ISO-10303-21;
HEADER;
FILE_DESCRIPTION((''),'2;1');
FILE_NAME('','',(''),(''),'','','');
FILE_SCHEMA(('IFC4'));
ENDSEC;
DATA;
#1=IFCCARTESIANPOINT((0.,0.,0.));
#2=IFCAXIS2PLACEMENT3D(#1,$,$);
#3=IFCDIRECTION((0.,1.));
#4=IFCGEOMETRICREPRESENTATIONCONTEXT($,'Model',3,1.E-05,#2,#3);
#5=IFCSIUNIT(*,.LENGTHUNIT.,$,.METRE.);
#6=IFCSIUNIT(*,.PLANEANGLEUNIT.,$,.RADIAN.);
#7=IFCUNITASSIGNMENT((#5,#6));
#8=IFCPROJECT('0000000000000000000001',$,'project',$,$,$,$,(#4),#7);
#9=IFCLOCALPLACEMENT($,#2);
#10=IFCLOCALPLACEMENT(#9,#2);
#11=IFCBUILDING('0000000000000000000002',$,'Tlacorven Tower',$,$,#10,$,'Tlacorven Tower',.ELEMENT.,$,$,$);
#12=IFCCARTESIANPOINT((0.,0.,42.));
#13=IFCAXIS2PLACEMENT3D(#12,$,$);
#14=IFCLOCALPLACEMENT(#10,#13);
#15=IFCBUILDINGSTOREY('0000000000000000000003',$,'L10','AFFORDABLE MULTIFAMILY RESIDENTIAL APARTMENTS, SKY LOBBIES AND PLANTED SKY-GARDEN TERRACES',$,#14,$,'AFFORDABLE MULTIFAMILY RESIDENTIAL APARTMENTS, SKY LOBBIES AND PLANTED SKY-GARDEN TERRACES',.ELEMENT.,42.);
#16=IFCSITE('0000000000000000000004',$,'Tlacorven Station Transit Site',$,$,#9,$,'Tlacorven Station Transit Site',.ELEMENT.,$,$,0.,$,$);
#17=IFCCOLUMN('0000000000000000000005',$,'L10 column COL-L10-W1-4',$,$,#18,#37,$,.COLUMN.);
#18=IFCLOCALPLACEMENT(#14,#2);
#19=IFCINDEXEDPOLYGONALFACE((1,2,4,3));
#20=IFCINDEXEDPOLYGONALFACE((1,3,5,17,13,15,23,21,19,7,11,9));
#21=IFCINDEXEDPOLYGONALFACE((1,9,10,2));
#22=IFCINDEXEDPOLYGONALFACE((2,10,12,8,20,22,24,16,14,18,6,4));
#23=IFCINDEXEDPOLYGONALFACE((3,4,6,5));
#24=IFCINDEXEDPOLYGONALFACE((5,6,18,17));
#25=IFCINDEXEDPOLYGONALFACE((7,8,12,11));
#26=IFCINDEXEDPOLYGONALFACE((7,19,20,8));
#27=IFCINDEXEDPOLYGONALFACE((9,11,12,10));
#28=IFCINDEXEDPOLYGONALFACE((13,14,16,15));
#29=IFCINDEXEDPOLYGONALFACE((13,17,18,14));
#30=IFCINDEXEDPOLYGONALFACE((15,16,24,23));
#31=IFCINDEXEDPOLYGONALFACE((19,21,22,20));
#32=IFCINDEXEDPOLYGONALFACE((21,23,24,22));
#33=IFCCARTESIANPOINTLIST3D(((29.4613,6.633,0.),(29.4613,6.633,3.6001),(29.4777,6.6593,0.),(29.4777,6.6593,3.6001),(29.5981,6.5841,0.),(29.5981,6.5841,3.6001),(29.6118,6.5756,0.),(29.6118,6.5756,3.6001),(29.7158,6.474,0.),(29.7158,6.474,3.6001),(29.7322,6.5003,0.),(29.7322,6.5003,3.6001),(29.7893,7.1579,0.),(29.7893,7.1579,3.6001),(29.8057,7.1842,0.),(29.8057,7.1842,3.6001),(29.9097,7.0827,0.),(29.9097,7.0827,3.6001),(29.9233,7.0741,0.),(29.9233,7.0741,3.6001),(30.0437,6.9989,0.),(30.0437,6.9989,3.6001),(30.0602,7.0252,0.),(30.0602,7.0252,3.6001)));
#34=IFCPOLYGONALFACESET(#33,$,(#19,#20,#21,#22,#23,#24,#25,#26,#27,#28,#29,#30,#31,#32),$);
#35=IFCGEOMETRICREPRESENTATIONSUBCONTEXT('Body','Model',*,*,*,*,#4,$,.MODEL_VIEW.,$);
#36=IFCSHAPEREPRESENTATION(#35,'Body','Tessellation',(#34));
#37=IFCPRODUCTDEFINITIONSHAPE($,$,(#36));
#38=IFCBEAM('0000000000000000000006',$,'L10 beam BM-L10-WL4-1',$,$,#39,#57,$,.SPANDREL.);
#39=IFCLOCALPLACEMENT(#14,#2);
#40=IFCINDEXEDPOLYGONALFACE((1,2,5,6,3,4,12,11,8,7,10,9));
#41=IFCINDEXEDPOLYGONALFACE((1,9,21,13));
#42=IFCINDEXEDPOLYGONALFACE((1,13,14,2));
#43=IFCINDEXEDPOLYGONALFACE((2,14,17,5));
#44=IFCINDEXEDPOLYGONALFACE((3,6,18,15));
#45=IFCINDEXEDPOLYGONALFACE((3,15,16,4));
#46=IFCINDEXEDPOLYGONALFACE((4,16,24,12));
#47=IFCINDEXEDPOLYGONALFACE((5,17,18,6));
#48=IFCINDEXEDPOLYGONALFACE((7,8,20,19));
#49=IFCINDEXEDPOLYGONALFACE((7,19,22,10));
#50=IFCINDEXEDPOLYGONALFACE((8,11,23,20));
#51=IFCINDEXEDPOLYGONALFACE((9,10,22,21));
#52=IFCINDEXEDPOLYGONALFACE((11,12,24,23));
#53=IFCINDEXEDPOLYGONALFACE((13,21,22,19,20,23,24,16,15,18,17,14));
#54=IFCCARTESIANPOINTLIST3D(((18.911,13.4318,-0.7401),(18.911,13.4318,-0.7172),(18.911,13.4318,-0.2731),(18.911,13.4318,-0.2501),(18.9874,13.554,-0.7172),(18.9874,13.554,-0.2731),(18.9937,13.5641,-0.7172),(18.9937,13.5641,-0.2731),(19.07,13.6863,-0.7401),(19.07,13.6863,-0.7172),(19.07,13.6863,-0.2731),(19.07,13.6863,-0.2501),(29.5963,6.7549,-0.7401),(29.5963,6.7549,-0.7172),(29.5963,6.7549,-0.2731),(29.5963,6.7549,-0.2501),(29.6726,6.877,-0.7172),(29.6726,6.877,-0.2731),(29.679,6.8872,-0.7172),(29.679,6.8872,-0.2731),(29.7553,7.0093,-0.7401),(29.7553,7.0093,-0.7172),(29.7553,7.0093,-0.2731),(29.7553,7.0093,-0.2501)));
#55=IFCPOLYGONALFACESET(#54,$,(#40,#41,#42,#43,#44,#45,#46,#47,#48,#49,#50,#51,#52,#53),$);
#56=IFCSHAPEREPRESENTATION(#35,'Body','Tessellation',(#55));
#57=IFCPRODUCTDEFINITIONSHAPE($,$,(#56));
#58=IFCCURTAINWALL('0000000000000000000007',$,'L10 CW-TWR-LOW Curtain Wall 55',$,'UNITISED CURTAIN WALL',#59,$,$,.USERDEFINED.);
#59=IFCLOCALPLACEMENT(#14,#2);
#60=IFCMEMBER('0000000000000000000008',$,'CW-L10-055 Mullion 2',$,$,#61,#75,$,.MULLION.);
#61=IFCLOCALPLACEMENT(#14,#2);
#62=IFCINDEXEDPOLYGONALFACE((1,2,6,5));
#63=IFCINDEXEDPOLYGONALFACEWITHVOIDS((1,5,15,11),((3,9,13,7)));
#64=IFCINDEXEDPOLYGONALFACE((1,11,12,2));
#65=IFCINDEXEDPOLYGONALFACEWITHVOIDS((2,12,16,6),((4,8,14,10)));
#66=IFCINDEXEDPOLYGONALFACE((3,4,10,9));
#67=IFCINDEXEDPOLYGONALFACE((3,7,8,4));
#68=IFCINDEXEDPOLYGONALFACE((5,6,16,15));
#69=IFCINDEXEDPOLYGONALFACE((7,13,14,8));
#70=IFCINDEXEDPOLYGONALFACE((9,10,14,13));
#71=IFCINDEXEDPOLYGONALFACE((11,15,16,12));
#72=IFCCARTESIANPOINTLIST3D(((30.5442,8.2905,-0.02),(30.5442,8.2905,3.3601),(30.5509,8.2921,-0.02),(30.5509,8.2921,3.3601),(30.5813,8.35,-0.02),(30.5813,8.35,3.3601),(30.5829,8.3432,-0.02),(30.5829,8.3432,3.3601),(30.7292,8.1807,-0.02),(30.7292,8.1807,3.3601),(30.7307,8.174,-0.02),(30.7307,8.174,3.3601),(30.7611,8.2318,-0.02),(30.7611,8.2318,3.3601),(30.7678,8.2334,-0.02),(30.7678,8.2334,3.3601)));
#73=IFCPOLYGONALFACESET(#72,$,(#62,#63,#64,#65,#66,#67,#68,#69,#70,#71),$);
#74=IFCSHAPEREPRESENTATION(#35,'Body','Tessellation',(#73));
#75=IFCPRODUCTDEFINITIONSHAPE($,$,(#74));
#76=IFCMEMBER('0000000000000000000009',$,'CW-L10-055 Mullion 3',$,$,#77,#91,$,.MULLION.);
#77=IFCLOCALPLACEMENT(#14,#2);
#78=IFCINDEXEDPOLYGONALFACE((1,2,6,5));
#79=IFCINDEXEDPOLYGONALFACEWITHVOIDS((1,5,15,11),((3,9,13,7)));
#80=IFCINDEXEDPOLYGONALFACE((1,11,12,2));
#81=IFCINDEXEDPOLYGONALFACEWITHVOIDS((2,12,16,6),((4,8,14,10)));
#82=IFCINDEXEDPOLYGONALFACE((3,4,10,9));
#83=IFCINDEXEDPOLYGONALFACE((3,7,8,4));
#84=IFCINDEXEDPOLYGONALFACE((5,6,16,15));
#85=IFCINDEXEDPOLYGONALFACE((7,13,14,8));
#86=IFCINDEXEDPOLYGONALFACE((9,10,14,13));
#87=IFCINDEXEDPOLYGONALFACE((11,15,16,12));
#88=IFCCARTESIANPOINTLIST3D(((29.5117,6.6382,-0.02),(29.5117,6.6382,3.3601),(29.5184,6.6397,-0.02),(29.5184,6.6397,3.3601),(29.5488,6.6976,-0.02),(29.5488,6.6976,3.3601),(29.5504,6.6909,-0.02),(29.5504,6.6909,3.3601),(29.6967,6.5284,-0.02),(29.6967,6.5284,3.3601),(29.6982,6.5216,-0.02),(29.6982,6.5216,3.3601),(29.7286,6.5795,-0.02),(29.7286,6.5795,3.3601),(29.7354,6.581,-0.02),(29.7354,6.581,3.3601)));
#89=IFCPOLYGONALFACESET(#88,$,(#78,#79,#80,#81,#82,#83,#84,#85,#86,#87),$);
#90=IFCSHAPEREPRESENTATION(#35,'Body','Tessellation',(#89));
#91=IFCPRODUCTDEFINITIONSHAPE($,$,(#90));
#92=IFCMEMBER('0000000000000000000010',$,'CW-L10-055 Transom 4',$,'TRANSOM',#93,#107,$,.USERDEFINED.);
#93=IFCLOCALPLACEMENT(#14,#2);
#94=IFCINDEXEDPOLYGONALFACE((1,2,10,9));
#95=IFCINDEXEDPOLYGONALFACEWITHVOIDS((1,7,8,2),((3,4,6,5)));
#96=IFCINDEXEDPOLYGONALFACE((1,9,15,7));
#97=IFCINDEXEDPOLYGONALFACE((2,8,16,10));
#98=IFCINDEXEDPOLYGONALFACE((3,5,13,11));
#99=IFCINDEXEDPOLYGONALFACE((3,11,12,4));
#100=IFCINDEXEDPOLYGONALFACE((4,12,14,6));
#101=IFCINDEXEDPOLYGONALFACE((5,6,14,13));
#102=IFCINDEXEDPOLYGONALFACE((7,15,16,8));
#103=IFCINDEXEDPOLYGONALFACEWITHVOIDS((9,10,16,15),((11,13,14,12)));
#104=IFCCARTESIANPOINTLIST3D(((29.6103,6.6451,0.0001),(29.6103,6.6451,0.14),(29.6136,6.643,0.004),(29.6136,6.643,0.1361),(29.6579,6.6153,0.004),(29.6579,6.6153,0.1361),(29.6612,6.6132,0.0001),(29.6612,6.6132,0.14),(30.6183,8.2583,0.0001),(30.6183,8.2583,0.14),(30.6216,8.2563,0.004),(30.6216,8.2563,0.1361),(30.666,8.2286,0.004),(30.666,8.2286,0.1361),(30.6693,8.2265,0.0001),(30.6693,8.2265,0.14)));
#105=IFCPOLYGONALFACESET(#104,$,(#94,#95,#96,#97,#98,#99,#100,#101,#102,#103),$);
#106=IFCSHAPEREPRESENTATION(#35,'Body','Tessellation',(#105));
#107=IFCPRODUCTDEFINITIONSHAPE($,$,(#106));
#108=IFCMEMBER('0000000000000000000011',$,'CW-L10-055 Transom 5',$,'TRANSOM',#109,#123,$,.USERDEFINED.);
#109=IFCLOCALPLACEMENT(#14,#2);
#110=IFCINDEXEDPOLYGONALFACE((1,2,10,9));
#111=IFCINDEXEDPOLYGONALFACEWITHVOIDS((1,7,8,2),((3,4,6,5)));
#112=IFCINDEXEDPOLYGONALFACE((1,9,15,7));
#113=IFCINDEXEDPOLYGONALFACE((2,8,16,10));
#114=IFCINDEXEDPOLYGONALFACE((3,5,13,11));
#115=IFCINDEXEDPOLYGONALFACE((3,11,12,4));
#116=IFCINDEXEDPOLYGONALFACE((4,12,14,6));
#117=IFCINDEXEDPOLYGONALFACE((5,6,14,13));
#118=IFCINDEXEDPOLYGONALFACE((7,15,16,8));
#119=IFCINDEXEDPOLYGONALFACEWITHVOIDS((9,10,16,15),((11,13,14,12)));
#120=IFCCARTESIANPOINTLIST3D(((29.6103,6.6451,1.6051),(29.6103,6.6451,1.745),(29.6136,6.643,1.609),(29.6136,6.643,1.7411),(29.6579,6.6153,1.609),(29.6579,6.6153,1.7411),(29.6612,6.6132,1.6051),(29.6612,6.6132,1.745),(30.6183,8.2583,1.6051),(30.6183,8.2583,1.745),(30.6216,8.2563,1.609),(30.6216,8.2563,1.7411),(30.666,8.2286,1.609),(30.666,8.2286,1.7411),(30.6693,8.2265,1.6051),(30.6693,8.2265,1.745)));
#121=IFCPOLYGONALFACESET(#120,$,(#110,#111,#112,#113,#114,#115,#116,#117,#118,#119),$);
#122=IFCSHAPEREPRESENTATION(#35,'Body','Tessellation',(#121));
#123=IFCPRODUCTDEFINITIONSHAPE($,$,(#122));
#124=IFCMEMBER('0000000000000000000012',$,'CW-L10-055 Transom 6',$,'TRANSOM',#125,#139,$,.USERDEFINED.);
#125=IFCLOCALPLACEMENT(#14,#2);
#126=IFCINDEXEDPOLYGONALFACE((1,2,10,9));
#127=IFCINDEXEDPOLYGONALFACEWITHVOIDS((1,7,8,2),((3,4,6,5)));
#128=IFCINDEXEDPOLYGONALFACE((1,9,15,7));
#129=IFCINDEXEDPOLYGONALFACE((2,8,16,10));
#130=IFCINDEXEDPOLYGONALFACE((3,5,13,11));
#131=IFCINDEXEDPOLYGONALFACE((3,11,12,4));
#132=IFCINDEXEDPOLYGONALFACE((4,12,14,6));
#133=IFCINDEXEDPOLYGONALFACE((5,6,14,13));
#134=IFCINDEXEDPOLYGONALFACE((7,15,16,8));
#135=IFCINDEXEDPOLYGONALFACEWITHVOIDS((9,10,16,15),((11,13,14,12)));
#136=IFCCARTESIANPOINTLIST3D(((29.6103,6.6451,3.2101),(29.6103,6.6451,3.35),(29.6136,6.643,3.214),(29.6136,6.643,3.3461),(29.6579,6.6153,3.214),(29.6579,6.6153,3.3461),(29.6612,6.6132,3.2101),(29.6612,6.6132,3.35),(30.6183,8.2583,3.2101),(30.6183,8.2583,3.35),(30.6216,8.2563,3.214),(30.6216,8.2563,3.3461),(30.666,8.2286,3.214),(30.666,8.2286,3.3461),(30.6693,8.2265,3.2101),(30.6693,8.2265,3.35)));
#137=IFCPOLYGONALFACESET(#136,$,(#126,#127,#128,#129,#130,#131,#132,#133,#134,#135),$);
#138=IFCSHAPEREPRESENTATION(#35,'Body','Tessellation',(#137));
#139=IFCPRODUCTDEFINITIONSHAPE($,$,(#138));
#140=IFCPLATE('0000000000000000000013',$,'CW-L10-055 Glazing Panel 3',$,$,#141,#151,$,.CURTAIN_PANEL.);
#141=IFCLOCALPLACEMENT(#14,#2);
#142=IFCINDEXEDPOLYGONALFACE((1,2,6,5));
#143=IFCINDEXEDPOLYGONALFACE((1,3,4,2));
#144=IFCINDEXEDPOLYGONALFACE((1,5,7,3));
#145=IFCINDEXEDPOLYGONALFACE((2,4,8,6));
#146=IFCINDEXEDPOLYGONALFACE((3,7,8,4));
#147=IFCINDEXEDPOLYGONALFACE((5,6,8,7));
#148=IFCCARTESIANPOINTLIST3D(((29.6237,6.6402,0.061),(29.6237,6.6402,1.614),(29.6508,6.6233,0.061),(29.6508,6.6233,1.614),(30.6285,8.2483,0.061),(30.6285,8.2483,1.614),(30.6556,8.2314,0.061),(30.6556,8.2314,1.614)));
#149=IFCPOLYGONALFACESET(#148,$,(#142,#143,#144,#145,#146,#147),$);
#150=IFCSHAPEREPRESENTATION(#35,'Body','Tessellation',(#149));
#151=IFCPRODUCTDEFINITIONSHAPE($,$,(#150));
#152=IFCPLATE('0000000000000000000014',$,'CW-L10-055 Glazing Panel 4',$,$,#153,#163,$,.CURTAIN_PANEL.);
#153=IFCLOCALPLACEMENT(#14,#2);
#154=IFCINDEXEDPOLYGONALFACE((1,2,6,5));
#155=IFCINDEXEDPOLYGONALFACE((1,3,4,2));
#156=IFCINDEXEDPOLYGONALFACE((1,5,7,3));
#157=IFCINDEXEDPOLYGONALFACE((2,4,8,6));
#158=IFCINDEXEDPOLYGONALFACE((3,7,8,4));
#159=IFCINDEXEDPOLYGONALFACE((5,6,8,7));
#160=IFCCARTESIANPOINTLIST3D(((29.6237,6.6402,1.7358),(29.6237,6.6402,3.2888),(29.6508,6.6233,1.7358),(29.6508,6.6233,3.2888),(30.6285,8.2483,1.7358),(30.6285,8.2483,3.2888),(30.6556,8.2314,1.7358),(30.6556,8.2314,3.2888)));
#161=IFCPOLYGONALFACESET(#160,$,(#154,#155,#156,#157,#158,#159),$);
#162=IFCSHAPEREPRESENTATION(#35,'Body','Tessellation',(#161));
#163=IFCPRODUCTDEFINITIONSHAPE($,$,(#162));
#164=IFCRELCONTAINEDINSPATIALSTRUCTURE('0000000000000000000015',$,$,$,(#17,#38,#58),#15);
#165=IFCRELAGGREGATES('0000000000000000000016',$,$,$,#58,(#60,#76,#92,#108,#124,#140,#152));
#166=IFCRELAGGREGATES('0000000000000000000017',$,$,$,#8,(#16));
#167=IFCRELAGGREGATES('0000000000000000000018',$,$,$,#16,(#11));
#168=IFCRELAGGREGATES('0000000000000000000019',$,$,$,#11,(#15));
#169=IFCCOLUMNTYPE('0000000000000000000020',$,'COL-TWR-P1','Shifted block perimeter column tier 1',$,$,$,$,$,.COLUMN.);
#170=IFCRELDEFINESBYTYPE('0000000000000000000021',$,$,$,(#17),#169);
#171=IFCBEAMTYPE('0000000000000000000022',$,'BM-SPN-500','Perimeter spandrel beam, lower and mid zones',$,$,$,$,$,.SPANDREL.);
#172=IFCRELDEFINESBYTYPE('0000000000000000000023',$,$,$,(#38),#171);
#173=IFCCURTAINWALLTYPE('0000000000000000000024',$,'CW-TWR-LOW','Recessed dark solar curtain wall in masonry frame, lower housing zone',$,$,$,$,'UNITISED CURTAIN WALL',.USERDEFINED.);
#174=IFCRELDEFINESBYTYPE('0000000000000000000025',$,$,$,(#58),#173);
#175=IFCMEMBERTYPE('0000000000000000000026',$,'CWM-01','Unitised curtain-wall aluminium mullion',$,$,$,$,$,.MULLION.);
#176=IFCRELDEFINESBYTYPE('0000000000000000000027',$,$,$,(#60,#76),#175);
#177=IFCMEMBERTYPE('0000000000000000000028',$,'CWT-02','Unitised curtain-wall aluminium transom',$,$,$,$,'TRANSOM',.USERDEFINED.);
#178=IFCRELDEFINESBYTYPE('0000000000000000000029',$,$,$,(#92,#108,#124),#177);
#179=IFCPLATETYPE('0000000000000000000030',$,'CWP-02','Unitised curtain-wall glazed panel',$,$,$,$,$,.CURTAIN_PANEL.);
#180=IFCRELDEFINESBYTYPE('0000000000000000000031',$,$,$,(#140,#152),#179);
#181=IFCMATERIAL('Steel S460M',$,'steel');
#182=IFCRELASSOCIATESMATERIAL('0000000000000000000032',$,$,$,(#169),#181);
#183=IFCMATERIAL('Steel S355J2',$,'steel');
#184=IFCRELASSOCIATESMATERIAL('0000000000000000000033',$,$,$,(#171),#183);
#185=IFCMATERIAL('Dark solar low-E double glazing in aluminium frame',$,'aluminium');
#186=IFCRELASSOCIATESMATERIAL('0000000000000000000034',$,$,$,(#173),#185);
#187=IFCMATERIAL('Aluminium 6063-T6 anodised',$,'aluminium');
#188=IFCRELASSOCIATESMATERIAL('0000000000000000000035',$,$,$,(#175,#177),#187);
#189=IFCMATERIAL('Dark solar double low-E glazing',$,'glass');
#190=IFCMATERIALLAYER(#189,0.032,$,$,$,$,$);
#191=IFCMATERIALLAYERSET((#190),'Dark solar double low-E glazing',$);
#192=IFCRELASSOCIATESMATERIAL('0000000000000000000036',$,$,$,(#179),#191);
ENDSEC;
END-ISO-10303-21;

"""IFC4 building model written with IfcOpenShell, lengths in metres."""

from ifc_helpers import new_model, si_unit, direction, frame, origin, origin_2d, place, context, subcontext, project, spatial, rectangle, hollow_rectangle, i_section, extrude, source, transform, mapped, material, layer, layer_set, material_profile, profile_set, type_object, element, aggregate, save


model = new_model("IFC4")

# Units and contexts
model_context = context("Model", 3, precision=1e-05, world=origin(), true_north=direction((0.0, 1.0)))
body_context = subcontext(model_context, "Body", "Model", "MODEL_VIEW")
ifc_project = project(units=[si_unit("LENGTHUNIT", "METRE"), si_unit("PLANEANGLEUNIT", "RADIAN")], contexts=[model_context])

# Site, building, storey
site_placement = place(None, origin())
site = spatial("IfcSite", under=ifc_project, at=site_placement, Name="Tlacorven Station Transit Site", LongName="Tlacorven Station Transit Site", CompositionType="ELEMENT", RefElevation=0.0)
building_placement = place(site_placement, origin())
building = spatial("IfcBuilding", under=site, at=building_placement, Name="Tlacorven Tower", LongName="Tlacorven Tower", CompositionType="ELEMENT")
storey_placement = place(building_placement, frame((0.0, 0.0, 42.0)))
storey = spatial("IfcBuildingStorey", under=building, at=storey_placement, Name="L10", Description="AFFORDABLE MULTIFAMILY RESIDENTIAL APARTMENTS, SKY LOBBIES AND PLANTED SKY-GARDEN TERRACES", LongName="AFFORDABLE MULTIFAMILY RESIDENTIAL APARTMENTS, SKY LOBBIES AND PLANTED SKY-GARDEN TERRACES", CompositionType="ELEMENT", Elevation=42.0)

# Column
ifc_material_1 = material(Name="Steel S460M", Category="steel")
ifc_material_profile_1 = material_profile(ifc_material_1, i_section(OverallWidth=0.3, OverallDepth=0.6499, WebThickness=0.0161, FlangeThickness=0.031, at=origin_2d()), Name="HEB 650")
ifc_profile_set_1 = profile_set([ifc_material_profile_1], Name="Steel S460M")
column_type = type_object("IfcColumnType", Name="COL-TWR-P1", Description="Shifted block perimeter column tier 1", PredefinedType="COLUMN", material=ifc_profile_set_1)
shared_shape_1 = source(origin(), body_context, "Body", "SweptSolid", [
    extrude(i_section(OverallWidth=0.3, OverallDepth=0.6499, WebThickness=0.0161, FlangeThickness=0.031, at=origin_2d()), origin(), (0.0, 0.0, 1.0), 3.6001),
])
column_placement = place(storey_placement, frame((29.7607, 6.8291, 0.0), z_axis=(0.0, 0.0, 1.0), x_axis=(-0.848048, 0.529919, 0.0)))
element("IfcColumn", 1, at=column_placement, inside=storey, type_object=column_type, Name="L10 column COL-L10-W1-4", PredefinedType="COLUMN", context=body_context, shape_type="MappedRepresentation", body=[
    mapped(shared_shape_1, transform((0.0, 0.0, 0.0), scale=1.0)),
])

# Beam
ifc_material_2 = material(Name="Steel S355J2", Category="steel")
ifc_material_profile_2 = material_profile(ifc_material_2, i_section(OverallWidth=0.3, OverallDepth=0.49, WebThickness=0.012, FlangeThickness=0.0229, at=origin_2d()), Name="HEA 500")
ifc_profile_set_2 = profile_set([ifc_material_profile_2], Name="Steel S355J2")
beam_type = type_object("IfcBeamType", Name="BM-SPN-500", Description="Perimeter spandrel beam, lower and mid zones", PredefinedType="SPANDREL", material=ifc_profile_set_2)
shared_shape_2 = source(origin(), body_context, "Body", "SweptSolid", [
    extrude(i_section(OverallWidth=0.3, OverallDepth=0.49, WebThickness=0.012, FlangeThickness=0.0229, at=origin_2d()), origin(), (0.0, 0.0, 1.0), 12.5999),
])
beam_placement = place(storey_placement, frame((29.6758, 6.8821, -0.4951), z_axis=(-0.848045, 0.529924, 0.0), x_axis=(-0.529924, -0.848045, 0.0)))
element("IfcBeam", 2, at=beam_placement, inside=storey, type_object=beam_type, Name="L10 beam BM-L10-WL4-1", PredefinedType="SPANDREL", context=body_context, shape_type="MappedRepresentation", body=[
    mapped(shared_shape_2, transform((0.0, 0.0, 0.0), scale=1.0)),
])

# Curtain wall, members, plates
ifc_material_3 = material(Name="Dark solar low-E double glazing in aluminium frame", Category="aluminium")
curtain_wall_type = type_object("IfcCurtainWallType", Name="CW-TWR-LOW", Description="Recessed dark solar curtain wall in masonry frame, lower housing zone", ElementType="UNITISED CURTAIN WALL", PredefinedType="USERDEFINED", material=ifc_material_3)
curtain_wall_placement = place(storey_placement, origin())
curtain_wall = element("IfcCurtainWall", 3, at=curtain_wall_placement, inside=storey, type_object=curtain_wall_type, Name="L10 CW-TWR-LOW Curtain Wall 55", ObjectType="UNITISED CURTAIN WALL", PredefinedType="USERDEFINED")
ifc_material_4 = material(Name="Aluminium 6063-T6 anodised", Category="aluminium")
ifc_material_profile_3 = material_profile(ifc_material_4, hollow_rectangle(XDim=0.0701, YDim=0.22, WallThickness=0.0049, at=origin_2d()), Name="ALU MULLION 70X220")
ifc_profile_set_3 = profile_set([ifc_material_profile_3], Name="Aluminium 6063-T6 anodised")
member_type_1 = type_object("IfcMemberType", Name="CWM-01", Description="Unitised curtain-wall aluminium mullion", PredefinedType="MULLION", material=ifc_profile_set_3)
shared_shape_3 = source(origin(), body_context, "Body", "SweptSolid", [
    extrude(hollow_rectangle(XDim=0.0701, YDim=0.22, WallThickness=0.0049, at=origin_2d()), origin(), (0.0, 0.0, 1.0), 3.3801),
])
member_1_placement = place(storey_placement, frame((30.656, 8.262, -0.02), z_axis=(0.0, 0.0, 1.0), x_axis=(-0.529919, -0.848048, 0.0)))
member_1 = element("IfcMember", 4, at=member_1_placement, type_object=member_type_1, Name="CW-L10-055 Mullion 2", PredefinedType="MULLION", context=body_context, shape_type="MappedRepresentation", body=[
    mapped(shared_shape_3, transform((0.0, 0.0, 0.0), scale=1.0)),
])
member_2_placement = place(storey_placement, frame((29.6235, 6.6096, -0.02), z_axis=(0.0, 0.0, 1.0), x_axis=(-0.529919, -0.848048, 0.0)))
member_2 = element("IfcMember", 5, at=member_2_placement, type_object=member_type_1, Name="CW-L10-055 Mullion 3", PredefinedType="MULLION", context=body_context, shape_type="MappedRepresentation", body=[
    mapped(shared_shape_3, transform((0.0, 0.0, 0.0), scale=1.0)),
])
ifc_material_profile_4 = material_profile(ifc_material_4, hollow_rectangle(XDim=0.0601, YDim=0.1399, WallThickness=0.0039, at=origin_2d()), Name="ALU TRANSOM 60X140")
ifc_profile_set_4 = profile_set([ifc_material_profile_4], Name="Aluminium 6063-T6 anodised")
member_type_2 = type_object("IfcMemberType", Name="CWT-02", Description="Unitised curtain-wall aluminium transom", ElementType="TRANSOM", PredefinedType="USERDEFINED", material=ifc_profile_set_4)
shared_shape_4 = source(origin(), body_context, "Body", "SweptSolid", [
    extrude(hollow_rectangle(XDim=0.0601, YDim=0.1399, WallThickness=0.0039, at=origin_2d()), origin(), (0.0, 0.0, 1.0), 1.9023),
])
member_3_placement = place(storey_placement, frame((30.6438, 8.2424, 0.0701), z_axis=(-0.529907, -0.848056, 0.0), x_axis=(0.848056, -0.529907, 0.0)))
member_3 = element("IfcMember", 6, at=member_3_placement, type_object=member_type_2, Name="CW-L10-055 Transom 4", ObjectType="TRANSOM", PredefinedType="USERDEFINED", context=body_context, shape_type="MappedRepresentation", body=[
    mapped(shared_shape_4, transform((0.0, 0.0, 0.0), scale=1.0)),
])
member_4_placement = place(storey_placement, frame((30.6438, 8.2424, 1.675), z_axis=(-0.529907, -0.848056, 0.0), x_axis=(0.848056, -0.529907, 0.0)))
member_4 = element("IfcMember", 7, at=member_4_placement, type_object=member_type_2, Name="CW-L10-055 Transom 5", ObjectType="TRANSOM", PredefinedType="USERDEFINED", context=body_context, shape_type="MappedRepresentation", body=[
    mapped(shared_shape_4, transform((0.0, 0.0, 0.0), scale=1.0)),
])
member_5_placement = place(storey_placement, frame((30.6438, 8.2424, 3.28), z_axis=(-0.529907, -0.848056, 0.0), x_axis=(0.848056, -0.529907, 0.0)))
member_5 = element("IfcMember", 8, at=member_5_placement, type_object=member_type_2, Name="CW-L10-055 Transom 6", ObjectType="TRANSOM", PredefinedType="USERDEFINED", context=body_context, shape_type="MappedRepresentation", body=[
    mapped(shared_shape_4, transform((0.0, 0.0, 0.0), scale=1.0)),
])
ifc_material_5 = material(Name="Dark solar double low-E glazing", Category="glass")
ifc_layer_1 = layer(ifc_material_5, 0.032)
ifc_layer_set_1 = layer_set([ifc_layer_1], Name="Dark solar double low-E glazing")
plate_type = type_object("IfcPlateType", Name="CWP-02", Description="Unitised curtain-wall glazed panel", PredefinedType="CURTAIN_PANEL", material=ifc_layer_set_1)
shared_shape_5 = source(origin(), body_context, "Body", "SweptSolid", [
    extrude(rectangle(XDim=1.8962, YDim=0.032, at=origin_2d()), origin(), (0.0, 0.0, 1.0), 1.553),
])
plate_1_placement = place(storey_placement, frame((30.1396, 7.4358, 0.061), z_axis=(0.0, 0.0, 1.0), x_axis=(-0.529919, -0.848048, 0.0)))
plate_1 = element("IfcPlate", 9, at=plate_1_placement, type_object=plate_type, Name="CW-L10-055 Glazing Panel 3", PredefinedType="CURTAIN_PANEL", context=body_context, shape_type="MappedRepresentation", body=[
    mapped(shared_shape_5, transform((0.0, 0.0, 0.0), scale=1.0)),
])
plate_2_placement = place(storey_placement, frame((30.1396, 7.4358, 1.7358), z_axis=(0.0, 0.0, 1.0), x_axis=(-0.529919, -0.848048, 0.0)))
plate_2 = element("IfcPlate", 10, at=plate_2_placement, type_object=plate_type, Name="CW-L10-055 Glazing Panel 4", PredefinedType="CURTAIN_PANEL", context=body_context, shape_type="MappedRepresentation", body=[
    mapped(shared_shape_5, transform((0.0, 0.0, 0.0), scale=1.0)),
])
aggregate(curtain_wall, [member_1, member_2, member_3, member_4, member_5, plate_1, plate_2])

save(model, "model.ifc")
